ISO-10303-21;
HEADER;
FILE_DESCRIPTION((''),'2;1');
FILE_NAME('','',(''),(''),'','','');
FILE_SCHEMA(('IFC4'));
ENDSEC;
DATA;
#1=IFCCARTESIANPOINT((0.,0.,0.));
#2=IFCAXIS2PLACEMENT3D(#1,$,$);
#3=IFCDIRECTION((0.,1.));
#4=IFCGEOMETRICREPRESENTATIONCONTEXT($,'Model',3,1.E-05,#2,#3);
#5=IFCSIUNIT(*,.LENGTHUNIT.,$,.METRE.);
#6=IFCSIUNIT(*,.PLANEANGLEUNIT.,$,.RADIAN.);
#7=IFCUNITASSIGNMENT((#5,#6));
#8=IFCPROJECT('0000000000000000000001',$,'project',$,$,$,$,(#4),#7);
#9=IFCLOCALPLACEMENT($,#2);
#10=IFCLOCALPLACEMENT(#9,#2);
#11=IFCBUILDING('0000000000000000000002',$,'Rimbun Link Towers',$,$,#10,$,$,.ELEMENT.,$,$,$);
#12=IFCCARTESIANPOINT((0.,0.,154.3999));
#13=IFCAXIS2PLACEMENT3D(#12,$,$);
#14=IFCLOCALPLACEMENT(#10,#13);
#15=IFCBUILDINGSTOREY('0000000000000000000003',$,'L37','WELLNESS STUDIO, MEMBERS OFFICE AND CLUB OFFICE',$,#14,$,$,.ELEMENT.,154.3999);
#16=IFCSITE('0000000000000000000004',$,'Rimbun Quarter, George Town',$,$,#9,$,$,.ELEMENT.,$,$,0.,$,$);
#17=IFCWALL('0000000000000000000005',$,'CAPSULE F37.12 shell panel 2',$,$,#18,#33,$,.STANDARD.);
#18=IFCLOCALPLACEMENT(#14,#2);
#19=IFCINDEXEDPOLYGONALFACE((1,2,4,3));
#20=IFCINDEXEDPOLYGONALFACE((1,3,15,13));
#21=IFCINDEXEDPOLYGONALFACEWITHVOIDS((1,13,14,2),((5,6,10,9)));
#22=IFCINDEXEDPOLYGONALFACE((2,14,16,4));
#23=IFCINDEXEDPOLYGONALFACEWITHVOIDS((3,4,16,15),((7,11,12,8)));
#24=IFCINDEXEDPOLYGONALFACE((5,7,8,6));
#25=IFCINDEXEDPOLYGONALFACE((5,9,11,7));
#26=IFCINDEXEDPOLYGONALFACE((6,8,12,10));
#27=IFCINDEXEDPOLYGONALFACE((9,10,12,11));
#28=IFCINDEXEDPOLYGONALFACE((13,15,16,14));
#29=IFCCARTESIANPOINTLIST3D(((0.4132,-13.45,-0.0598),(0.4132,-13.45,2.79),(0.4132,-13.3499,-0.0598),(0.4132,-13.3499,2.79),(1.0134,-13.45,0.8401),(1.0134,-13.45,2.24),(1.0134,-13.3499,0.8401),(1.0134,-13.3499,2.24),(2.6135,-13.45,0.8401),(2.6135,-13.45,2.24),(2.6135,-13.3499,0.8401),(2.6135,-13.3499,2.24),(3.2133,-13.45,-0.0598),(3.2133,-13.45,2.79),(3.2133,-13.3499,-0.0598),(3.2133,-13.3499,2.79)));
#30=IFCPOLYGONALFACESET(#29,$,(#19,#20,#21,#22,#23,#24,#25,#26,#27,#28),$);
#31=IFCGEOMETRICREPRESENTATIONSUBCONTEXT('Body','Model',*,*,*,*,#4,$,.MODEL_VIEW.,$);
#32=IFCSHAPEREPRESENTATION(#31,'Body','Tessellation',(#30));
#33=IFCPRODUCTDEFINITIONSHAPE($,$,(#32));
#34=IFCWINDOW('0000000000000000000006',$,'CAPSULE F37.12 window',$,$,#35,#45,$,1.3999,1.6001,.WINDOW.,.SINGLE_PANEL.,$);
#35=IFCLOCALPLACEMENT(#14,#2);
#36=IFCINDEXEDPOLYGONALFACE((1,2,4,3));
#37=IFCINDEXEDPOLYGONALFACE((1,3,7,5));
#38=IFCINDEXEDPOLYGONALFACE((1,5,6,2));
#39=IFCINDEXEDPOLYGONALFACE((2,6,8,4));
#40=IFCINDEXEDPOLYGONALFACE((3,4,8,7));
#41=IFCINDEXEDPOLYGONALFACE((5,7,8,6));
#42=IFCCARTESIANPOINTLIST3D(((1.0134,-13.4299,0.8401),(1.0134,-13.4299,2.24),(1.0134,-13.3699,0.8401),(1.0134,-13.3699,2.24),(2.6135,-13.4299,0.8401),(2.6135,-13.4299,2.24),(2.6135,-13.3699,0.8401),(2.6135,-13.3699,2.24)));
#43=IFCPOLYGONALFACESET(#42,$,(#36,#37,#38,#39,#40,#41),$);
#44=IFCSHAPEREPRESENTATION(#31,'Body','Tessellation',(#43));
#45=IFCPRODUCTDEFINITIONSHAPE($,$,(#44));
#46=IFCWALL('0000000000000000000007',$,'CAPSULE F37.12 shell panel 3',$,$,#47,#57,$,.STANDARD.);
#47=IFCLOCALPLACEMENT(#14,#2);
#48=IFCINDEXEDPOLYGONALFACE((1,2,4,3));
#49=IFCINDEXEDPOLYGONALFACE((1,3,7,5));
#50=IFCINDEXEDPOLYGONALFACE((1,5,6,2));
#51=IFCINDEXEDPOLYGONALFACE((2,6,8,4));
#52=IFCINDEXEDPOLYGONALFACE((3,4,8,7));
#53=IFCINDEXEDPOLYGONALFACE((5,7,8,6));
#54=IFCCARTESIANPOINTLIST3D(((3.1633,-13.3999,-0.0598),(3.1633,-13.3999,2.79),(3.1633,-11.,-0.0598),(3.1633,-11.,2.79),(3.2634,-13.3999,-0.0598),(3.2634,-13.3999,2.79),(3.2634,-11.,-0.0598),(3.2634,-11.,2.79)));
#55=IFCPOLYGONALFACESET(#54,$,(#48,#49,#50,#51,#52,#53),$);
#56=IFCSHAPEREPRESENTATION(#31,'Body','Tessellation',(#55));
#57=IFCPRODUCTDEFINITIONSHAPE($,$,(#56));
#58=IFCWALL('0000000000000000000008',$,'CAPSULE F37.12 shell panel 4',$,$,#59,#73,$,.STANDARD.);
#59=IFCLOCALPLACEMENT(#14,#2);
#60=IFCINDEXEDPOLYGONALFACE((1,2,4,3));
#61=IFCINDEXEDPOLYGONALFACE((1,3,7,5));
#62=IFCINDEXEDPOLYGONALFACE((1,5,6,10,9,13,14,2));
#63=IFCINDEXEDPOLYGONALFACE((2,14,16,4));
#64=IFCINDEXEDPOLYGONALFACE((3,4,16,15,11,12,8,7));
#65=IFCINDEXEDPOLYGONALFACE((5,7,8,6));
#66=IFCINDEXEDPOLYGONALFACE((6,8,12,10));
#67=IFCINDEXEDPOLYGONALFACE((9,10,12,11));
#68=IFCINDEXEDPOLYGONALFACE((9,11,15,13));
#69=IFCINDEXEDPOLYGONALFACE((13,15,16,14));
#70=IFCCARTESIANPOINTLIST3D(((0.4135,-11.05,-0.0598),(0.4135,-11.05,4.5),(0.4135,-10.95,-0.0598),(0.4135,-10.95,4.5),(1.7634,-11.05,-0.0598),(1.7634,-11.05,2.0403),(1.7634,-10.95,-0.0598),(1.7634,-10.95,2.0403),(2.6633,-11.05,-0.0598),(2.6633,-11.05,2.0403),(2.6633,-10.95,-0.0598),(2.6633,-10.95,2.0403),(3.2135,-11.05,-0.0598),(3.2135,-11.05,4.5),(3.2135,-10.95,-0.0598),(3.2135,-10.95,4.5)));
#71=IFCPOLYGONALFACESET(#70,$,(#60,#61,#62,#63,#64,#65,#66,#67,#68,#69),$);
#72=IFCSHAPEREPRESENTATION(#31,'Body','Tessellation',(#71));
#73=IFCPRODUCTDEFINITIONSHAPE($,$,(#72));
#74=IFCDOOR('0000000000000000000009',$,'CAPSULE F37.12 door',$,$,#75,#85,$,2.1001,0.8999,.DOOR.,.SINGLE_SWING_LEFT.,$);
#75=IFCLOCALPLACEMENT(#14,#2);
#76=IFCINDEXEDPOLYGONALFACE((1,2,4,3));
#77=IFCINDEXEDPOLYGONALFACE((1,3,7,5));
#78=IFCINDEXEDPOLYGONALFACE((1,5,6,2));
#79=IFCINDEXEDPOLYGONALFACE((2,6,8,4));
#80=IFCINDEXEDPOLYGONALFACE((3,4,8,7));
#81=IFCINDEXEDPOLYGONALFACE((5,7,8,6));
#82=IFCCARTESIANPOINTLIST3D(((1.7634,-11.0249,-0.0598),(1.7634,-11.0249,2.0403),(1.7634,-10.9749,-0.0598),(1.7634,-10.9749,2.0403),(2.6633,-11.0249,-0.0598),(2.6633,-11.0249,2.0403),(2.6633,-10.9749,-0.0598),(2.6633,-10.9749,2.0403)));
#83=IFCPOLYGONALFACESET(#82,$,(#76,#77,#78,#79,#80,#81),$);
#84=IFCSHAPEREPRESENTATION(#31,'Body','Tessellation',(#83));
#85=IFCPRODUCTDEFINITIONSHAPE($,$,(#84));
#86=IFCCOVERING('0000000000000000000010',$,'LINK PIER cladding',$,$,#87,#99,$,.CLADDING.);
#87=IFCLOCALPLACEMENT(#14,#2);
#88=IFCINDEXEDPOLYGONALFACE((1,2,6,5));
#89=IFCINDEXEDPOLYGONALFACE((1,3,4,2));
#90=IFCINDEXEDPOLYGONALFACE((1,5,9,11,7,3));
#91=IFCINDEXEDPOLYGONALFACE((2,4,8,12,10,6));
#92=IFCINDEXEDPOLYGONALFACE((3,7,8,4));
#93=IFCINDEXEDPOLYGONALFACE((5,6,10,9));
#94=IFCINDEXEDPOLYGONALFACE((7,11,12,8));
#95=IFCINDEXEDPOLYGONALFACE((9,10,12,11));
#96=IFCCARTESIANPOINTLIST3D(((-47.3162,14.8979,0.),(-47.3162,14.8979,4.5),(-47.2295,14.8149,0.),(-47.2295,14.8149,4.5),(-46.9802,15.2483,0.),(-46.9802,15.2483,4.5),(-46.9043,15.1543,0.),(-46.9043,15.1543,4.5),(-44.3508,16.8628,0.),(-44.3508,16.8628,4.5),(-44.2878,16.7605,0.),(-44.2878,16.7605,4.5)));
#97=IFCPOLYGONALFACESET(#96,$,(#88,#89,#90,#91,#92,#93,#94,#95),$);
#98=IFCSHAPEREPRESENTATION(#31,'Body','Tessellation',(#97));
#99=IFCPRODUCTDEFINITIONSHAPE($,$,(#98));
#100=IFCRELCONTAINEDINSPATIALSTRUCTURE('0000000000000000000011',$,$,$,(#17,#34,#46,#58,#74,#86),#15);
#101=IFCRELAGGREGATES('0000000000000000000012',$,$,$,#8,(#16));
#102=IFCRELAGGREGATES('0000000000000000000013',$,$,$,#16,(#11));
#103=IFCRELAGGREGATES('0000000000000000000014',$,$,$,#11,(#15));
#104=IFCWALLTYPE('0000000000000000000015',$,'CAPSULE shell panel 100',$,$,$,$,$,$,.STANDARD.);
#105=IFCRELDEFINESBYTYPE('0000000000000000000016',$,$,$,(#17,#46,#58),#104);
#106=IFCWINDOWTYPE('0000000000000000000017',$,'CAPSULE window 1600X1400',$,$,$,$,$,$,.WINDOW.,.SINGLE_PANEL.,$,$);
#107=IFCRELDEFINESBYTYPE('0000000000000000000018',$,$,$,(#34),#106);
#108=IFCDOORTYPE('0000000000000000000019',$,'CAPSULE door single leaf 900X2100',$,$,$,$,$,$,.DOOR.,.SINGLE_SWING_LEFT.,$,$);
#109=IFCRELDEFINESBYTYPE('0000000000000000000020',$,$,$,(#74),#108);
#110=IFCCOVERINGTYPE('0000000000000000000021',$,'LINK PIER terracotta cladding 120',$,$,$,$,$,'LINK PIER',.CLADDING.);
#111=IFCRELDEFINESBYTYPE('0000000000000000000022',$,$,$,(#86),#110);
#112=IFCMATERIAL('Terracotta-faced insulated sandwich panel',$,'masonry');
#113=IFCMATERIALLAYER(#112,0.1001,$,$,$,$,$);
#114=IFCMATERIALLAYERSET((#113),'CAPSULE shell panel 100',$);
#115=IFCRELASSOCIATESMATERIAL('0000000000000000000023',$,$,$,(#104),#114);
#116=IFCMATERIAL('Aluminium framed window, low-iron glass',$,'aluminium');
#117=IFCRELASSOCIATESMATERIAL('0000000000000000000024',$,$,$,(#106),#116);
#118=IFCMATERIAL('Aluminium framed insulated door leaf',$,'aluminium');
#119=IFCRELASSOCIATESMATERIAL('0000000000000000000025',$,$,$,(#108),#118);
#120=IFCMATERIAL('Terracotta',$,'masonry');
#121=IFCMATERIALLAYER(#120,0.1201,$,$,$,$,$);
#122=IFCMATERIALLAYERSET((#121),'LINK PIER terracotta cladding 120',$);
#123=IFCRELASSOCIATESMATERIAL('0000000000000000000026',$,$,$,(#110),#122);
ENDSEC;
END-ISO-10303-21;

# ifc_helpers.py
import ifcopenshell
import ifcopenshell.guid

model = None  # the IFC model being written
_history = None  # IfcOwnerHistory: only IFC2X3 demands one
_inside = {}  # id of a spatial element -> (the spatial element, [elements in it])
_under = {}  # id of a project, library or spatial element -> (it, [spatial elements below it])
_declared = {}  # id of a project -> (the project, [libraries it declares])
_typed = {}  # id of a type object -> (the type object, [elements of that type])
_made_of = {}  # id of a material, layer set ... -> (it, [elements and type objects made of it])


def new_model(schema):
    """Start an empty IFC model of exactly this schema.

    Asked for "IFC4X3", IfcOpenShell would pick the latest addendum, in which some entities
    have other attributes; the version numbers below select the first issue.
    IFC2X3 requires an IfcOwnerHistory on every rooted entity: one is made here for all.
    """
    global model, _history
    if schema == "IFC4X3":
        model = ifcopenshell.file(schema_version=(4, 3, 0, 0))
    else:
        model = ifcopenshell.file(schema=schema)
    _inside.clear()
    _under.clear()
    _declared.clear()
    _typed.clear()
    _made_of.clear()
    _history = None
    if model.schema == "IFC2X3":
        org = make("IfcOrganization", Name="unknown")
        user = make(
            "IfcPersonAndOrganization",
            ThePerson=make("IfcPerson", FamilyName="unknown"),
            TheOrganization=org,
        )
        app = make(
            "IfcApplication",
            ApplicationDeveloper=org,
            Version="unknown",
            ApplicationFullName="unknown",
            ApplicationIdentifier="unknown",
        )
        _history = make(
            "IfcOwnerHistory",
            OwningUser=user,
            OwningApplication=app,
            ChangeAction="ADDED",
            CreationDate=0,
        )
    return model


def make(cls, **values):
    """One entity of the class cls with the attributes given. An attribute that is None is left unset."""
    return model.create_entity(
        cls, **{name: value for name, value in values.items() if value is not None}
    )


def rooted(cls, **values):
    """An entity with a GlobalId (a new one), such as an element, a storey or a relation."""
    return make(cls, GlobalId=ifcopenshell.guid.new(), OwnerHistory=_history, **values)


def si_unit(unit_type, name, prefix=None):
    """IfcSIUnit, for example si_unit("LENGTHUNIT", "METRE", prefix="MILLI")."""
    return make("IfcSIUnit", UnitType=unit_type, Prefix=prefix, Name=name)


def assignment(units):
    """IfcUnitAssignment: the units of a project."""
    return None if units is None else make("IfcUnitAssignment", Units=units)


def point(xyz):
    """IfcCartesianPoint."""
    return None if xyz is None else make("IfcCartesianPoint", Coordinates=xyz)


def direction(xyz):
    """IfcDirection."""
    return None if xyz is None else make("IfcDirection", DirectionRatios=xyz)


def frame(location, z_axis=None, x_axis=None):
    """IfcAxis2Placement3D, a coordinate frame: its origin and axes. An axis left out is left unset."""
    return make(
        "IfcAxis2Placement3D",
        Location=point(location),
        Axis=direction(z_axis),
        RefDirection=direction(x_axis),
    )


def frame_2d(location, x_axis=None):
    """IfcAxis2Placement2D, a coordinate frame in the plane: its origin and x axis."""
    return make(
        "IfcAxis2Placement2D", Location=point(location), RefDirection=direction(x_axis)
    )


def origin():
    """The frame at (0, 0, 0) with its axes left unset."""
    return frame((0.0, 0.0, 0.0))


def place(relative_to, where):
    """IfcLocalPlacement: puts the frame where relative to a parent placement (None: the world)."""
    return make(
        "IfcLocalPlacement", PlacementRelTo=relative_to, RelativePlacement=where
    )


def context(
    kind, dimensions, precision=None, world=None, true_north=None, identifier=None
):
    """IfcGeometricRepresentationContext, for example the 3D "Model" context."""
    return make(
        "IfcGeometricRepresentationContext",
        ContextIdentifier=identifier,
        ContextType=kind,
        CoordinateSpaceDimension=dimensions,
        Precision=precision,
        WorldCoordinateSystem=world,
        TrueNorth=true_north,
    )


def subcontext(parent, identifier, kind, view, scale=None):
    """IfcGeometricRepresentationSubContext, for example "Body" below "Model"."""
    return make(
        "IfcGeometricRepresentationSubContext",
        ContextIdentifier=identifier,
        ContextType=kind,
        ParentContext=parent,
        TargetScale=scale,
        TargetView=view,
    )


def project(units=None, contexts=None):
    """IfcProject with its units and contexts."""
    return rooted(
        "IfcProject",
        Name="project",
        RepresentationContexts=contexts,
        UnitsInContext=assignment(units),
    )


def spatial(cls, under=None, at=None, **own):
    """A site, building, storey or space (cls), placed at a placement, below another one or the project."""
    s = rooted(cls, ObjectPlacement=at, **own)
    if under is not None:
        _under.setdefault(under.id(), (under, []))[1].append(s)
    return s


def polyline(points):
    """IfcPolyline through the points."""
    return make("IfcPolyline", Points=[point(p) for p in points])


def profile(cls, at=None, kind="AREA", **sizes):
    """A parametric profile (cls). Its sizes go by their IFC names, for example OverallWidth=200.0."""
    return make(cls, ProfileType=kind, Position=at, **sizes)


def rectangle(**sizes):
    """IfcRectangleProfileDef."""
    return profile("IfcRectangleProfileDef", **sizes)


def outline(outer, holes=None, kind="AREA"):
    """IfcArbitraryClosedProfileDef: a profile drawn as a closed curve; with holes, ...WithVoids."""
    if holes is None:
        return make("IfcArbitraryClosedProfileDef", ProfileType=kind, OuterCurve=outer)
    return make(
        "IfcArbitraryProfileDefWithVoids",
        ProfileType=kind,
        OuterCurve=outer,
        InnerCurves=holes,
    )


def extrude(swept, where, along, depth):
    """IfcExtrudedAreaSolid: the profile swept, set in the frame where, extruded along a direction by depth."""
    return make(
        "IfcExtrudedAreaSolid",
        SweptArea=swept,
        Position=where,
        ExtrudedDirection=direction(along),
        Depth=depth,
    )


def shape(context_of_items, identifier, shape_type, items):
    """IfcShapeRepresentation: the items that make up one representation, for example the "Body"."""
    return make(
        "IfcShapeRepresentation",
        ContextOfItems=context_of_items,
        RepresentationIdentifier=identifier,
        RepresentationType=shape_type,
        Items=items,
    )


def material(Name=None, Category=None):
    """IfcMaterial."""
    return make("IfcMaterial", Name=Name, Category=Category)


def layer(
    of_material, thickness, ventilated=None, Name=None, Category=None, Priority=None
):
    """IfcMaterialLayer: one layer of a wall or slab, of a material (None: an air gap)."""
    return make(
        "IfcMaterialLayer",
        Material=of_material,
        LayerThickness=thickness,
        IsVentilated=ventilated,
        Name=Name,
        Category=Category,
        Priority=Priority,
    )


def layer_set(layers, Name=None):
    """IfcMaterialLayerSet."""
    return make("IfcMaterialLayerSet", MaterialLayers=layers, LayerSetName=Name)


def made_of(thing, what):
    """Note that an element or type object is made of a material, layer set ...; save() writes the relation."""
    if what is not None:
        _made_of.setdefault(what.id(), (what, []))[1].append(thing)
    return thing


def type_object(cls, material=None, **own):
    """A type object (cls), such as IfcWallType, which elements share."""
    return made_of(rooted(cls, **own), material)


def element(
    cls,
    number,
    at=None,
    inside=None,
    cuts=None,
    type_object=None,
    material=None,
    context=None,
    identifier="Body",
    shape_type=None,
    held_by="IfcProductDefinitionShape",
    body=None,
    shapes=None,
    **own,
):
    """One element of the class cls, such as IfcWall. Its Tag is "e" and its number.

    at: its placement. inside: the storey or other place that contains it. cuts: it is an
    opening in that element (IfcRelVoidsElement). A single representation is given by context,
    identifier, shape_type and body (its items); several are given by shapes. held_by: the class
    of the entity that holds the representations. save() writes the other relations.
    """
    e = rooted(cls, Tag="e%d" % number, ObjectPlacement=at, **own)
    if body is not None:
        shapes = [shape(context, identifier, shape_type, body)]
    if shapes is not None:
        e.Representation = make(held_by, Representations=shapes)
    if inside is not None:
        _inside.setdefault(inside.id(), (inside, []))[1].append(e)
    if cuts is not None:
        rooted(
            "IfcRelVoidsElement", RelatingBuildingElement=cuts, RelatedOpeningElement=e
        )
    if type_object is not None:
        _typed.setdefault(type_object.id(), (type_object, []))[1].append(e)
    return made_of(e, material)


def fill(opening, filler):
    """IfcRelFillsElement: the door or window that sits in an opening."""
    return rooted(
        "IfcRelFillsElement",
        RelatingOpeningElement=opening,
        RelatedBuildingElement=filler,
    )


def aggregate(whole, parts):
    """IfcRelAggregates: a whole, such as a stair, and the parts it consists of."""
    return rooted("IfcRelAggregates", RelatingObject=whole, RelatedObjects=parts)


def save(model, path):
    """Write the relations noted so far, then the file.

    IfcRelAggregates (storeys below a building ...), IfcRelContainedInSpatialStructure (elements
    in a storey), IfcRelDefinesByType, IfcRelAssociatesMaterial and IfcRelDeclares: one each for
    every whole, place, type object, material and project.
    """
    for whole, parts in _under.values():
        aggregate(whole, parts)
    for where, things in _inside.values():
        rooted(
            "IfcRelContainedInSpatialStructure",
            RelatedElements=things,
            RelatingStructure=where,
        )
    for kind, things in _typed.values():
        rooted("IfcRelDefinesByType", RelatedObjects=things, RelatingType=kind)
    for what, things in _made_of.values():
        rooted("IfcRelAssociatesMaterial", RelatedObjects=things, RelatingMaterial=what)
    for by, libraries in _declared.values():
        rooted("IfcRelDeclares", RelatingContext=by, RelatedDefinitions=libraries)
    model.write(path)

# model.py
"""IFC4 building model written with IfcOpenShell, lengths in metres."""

from ifc_helpers import new_model, si_unit, direction, frame, frame_2d, origin, place, context, subcontext, project, spatial, polyline, rectangle, outline, extrude, material, layer, layer_set, type_object, element, fill, save


model = new_model("IFC4")

# Units and contexts
model_context = context("Model", 3, precision=1e-05, world=origin(), true_north=direction((0.0, 1.0)))
body_context = subcontext(model_context, "Body", "Model", "MODEL_VIEW")
ifc_project = project(units=[si_unit("LENGTHUNIT", "METRE"), si_unit("PLANEANGLEUNIT", "RADIAN")], contexts=[model_context])

# Site, building, storey
site_placement = place(None, origin())
site = spatial("IfcSite", under=ifc_project, at=site_placement, Name="Rimbun Quarter, George Town", CompositionType="ELEMENT", RefElevation=0.0)
building_placement = place(site_placement, origin())
building = spatial("IfcBuilding", under=site, at=building_placement, Name="Rimbun Link Towers", CompositionType="ELEMENT")
storey_placement = place(building_placement, frame((0.0, 0.0, 154.3999)))
storey = spatial("IfcBuildingStorey", under=building, at=storey_placement, Name="L37", Description="WELLNESS STUDIO, MEMBERS OFFICE AND CLUB OFFICE", CompositionType="ELEMENT", Elevation=154.3999)

# Shared definitions
ifc_material_1 = material(Name="Terracotta-faced insulated sandwich panel", Category="masonry")
ifc_layer_1 = layer(ifc_material_1, 0.1001)
ifc_layer_set_1 = layer_set([ifc_layer_1], Name="CAPSULE shell panel 100")
wall_type = type_object("IfcWallType", Name="CAPSULE shell panel 100", PredefinedType="STANDARD", material=ifc_layer_set_1)

# Wall, opening, window
wall_1_placement = place(storey_placement, frame((0.4133, -13.3999, -0.0598), z_axis=(0.0, 0.0, 1.0), x_axis=(1.0, 0.0, 0.0)))
wall_1 = element("IfcWall", 1, at=wall_1_placement, inside=storey, type_object=wall_type, Name="CAPSULE F37.12 shell panel 2", PredefinedType="STANDARD", context=body_context, shape_type="SweptSolid", body=[
    extrude(rectangle(XDim=2.8, YDim=0.1001, at=frame_2d((1.3999, 0.0))), origin(), (0.0, 0.0, 1.0), 2.8499),
])
opening_1_placement = place(wall_1_placement, frame((0.6001, 0.0, 0.8999)))
opening_1 = element("IfcOpeningElement", 2, at=opening_1_placement, cuts=wall_1, PredefinedType="OPENING", context=body_context, shape_type="SweptSolid", body=[
    extrude(rectangle(XDim=1.6001, YDim=1.3999, at=frame_2d((0.8, 0.7))), frame((0.0, 0.0601, 0.0), z_axis=(0.0, -1.0, 0.0), x_axis=(1.0, 0.0, 0.0)), (0.0, 0.0, 1.0), 0.1201),
])
ifc_material_2 = material(Name="Aluminium framed window, low-iron glass", Category="aluminium")
window_type = type_object("IfcWindowType", Name="CAPSULE window 1600X1400", PartitioningType="SINGLE_PANEL", PredefinedType="WINDOW", material=ifc_material_2)
window_placement = place(opening_1_placement, origin())
window = element("IfcWindow", 3, at=window_placement, inside=storey, type_object=window_type, Name="CAPSULE F37.12 window", OverallHeight=1.3999, OverallWidth=1.6001, PartitioningType="SINGLE_PANEL", PredefinedType="WINDOW", context=body_context, shape_type="SweptSolid", body=[
    extrude(rectangle(XDim=1.6001, YDim=1.3999, at=frame_2d((0.8, 0.7))), frame((0.0, 0.03, 0.0), z_axis=(0.0, -1.0, 0.0), x_axis=(1.0, 0.0, 0.0)), (0.0, 0.0, 1.0), 0.0601),
])
fill(opening_1, window)

# Wall
wall_2_placement = place(storey_placement, frame((3.2134, -13.3999, -0.0598), z_axis=(0.0, 0.0, 1.0), x_axis=(0.0, 1.0, 0.0)))
element("IfcWall", 4, at=wall_2_placement, inside=storey, type_object=wall_type, Name="CAPSULE F37.12 shell panel 3", PredefinedType="STANDARD", context=body_context, shape_type="SweptSolid", body=[
    extrude(rectangle(XDim=2.3999, YDim=0.1001, at=frame_2d((1.2, 0.0))), origin(), (0.0, 0.0, 1.0), 2.8499),
])

# Wall, opening, door
wall_3_placement = place(storey_placement, frame((3.2134, -11.0, -0.0598), z_axis=(0.0, 0.0, 1.0), x_axis=(-1.0, 0.0, 0.0)))
wall_3 = element("IfcWall", 5, at=wall_3_placement, inside=storey, type_object=wall_type, Name="CAPSULE F37.12 shell panel 4", PredefinedType="STANDARD", context=body_context, shape_type="SweptSolid", body=[
    extrude(rectangle(XDim=2.8, YDim=0.1001, at=frame_2d((1.3999, 0.0))), origin(), (0.0, 0.0, 1.0), 4.5598),
])
opening_2_placement = place(wall_3_placement, frame((0.55, 0.0, 0.0)))
opening_2 = element("IfcOpeningElement", 6, at=opening_2_placement, cuts=wall_3, PredefinedType="OPENING", context=body_context, shape_type="SweptSolid", body=[
    extrude(rectangle(XDim=0.8999, YDim=2.1001, at=frame_2d((0.45, 1.05))), frame((0.0, 0.0601, 0.0), z_axis=(0.0, -1.0, 0.0), x_axis=(1.0, 0.0, 0.0)), (0.0, 0.0, 1.0), 0.1201),
])
ifc_material_3 = material(Name="Aluminium framed insulated door leaf", Category="aluminium")
door_type = type_object("IfcDoorType", Name="CAPSULE door single leaf 900X2100", OperationType="SINGLE_SWING_LEFT", PredefinedType="DOOR", material=ifc_material_3)
door_placement = place(opening_2_placement, origin())
door = element("IfcDoor", 7, at=door_placement, inside=storey, type_object=door_type, Name="CAPSULE F37.12 door", OperationType="SINGLE_SWING_LEFT", OverallHeight=2.1001, OverallWidth=0.8999, PredefinedType="DOOR", context=body_context, shape_type="SweptSolid", body=[
    extrude(rectangle(XDim=0.8999, YDim=2.1001, at=frame_2d((0.45, 1.05))), frame((0.0, 0.0249, 0.0), z_axis=(0.0, -1.0, 0.0), x_axis=(1.0, 0.0, 0.0)), (0.0, 0.0, 1.0), 0.05),
])
fill(opening_2, door)

# Covering
ifc_material_4 = material(Name="Terracotta", Category="masonry")
ifc_layer_2 = layer(ifc_material_4, 0.1201)
ifc_layer_set_2 = layer_set([ifc_layer_2], Name="LINK PIER terracotta cladding 120")
covering_type = type_object("IfcCoveringType", Name="LINK PIER terracotta cladding 120", ElementType="LINK PIER", PredefinedType="CLADDING", material=ifc_layer_set_2)
covering_placement = place(storey_placement, origin())
element("IfcCovering", 8, at=covering_placement, inside=storey, type_object=covering_type, Name="LINK PIER cladding", PredefinedType="CLADDING", context=body_context, shape_type="SweptSolid", body=[
    extrude(outline(polyline([(-47.2295, 14.8149), (-46.9043, 15.1543), (-44.2878, 16.7605), (-44.3508, 16.8628), (-46.9802, 15.2483), (-47.3162, 14.8979), (-47.2295, 14.8149)])), origin(), (0.0, 0.0, 1.0), 4.5),
])

save(model, "model.ifc")
